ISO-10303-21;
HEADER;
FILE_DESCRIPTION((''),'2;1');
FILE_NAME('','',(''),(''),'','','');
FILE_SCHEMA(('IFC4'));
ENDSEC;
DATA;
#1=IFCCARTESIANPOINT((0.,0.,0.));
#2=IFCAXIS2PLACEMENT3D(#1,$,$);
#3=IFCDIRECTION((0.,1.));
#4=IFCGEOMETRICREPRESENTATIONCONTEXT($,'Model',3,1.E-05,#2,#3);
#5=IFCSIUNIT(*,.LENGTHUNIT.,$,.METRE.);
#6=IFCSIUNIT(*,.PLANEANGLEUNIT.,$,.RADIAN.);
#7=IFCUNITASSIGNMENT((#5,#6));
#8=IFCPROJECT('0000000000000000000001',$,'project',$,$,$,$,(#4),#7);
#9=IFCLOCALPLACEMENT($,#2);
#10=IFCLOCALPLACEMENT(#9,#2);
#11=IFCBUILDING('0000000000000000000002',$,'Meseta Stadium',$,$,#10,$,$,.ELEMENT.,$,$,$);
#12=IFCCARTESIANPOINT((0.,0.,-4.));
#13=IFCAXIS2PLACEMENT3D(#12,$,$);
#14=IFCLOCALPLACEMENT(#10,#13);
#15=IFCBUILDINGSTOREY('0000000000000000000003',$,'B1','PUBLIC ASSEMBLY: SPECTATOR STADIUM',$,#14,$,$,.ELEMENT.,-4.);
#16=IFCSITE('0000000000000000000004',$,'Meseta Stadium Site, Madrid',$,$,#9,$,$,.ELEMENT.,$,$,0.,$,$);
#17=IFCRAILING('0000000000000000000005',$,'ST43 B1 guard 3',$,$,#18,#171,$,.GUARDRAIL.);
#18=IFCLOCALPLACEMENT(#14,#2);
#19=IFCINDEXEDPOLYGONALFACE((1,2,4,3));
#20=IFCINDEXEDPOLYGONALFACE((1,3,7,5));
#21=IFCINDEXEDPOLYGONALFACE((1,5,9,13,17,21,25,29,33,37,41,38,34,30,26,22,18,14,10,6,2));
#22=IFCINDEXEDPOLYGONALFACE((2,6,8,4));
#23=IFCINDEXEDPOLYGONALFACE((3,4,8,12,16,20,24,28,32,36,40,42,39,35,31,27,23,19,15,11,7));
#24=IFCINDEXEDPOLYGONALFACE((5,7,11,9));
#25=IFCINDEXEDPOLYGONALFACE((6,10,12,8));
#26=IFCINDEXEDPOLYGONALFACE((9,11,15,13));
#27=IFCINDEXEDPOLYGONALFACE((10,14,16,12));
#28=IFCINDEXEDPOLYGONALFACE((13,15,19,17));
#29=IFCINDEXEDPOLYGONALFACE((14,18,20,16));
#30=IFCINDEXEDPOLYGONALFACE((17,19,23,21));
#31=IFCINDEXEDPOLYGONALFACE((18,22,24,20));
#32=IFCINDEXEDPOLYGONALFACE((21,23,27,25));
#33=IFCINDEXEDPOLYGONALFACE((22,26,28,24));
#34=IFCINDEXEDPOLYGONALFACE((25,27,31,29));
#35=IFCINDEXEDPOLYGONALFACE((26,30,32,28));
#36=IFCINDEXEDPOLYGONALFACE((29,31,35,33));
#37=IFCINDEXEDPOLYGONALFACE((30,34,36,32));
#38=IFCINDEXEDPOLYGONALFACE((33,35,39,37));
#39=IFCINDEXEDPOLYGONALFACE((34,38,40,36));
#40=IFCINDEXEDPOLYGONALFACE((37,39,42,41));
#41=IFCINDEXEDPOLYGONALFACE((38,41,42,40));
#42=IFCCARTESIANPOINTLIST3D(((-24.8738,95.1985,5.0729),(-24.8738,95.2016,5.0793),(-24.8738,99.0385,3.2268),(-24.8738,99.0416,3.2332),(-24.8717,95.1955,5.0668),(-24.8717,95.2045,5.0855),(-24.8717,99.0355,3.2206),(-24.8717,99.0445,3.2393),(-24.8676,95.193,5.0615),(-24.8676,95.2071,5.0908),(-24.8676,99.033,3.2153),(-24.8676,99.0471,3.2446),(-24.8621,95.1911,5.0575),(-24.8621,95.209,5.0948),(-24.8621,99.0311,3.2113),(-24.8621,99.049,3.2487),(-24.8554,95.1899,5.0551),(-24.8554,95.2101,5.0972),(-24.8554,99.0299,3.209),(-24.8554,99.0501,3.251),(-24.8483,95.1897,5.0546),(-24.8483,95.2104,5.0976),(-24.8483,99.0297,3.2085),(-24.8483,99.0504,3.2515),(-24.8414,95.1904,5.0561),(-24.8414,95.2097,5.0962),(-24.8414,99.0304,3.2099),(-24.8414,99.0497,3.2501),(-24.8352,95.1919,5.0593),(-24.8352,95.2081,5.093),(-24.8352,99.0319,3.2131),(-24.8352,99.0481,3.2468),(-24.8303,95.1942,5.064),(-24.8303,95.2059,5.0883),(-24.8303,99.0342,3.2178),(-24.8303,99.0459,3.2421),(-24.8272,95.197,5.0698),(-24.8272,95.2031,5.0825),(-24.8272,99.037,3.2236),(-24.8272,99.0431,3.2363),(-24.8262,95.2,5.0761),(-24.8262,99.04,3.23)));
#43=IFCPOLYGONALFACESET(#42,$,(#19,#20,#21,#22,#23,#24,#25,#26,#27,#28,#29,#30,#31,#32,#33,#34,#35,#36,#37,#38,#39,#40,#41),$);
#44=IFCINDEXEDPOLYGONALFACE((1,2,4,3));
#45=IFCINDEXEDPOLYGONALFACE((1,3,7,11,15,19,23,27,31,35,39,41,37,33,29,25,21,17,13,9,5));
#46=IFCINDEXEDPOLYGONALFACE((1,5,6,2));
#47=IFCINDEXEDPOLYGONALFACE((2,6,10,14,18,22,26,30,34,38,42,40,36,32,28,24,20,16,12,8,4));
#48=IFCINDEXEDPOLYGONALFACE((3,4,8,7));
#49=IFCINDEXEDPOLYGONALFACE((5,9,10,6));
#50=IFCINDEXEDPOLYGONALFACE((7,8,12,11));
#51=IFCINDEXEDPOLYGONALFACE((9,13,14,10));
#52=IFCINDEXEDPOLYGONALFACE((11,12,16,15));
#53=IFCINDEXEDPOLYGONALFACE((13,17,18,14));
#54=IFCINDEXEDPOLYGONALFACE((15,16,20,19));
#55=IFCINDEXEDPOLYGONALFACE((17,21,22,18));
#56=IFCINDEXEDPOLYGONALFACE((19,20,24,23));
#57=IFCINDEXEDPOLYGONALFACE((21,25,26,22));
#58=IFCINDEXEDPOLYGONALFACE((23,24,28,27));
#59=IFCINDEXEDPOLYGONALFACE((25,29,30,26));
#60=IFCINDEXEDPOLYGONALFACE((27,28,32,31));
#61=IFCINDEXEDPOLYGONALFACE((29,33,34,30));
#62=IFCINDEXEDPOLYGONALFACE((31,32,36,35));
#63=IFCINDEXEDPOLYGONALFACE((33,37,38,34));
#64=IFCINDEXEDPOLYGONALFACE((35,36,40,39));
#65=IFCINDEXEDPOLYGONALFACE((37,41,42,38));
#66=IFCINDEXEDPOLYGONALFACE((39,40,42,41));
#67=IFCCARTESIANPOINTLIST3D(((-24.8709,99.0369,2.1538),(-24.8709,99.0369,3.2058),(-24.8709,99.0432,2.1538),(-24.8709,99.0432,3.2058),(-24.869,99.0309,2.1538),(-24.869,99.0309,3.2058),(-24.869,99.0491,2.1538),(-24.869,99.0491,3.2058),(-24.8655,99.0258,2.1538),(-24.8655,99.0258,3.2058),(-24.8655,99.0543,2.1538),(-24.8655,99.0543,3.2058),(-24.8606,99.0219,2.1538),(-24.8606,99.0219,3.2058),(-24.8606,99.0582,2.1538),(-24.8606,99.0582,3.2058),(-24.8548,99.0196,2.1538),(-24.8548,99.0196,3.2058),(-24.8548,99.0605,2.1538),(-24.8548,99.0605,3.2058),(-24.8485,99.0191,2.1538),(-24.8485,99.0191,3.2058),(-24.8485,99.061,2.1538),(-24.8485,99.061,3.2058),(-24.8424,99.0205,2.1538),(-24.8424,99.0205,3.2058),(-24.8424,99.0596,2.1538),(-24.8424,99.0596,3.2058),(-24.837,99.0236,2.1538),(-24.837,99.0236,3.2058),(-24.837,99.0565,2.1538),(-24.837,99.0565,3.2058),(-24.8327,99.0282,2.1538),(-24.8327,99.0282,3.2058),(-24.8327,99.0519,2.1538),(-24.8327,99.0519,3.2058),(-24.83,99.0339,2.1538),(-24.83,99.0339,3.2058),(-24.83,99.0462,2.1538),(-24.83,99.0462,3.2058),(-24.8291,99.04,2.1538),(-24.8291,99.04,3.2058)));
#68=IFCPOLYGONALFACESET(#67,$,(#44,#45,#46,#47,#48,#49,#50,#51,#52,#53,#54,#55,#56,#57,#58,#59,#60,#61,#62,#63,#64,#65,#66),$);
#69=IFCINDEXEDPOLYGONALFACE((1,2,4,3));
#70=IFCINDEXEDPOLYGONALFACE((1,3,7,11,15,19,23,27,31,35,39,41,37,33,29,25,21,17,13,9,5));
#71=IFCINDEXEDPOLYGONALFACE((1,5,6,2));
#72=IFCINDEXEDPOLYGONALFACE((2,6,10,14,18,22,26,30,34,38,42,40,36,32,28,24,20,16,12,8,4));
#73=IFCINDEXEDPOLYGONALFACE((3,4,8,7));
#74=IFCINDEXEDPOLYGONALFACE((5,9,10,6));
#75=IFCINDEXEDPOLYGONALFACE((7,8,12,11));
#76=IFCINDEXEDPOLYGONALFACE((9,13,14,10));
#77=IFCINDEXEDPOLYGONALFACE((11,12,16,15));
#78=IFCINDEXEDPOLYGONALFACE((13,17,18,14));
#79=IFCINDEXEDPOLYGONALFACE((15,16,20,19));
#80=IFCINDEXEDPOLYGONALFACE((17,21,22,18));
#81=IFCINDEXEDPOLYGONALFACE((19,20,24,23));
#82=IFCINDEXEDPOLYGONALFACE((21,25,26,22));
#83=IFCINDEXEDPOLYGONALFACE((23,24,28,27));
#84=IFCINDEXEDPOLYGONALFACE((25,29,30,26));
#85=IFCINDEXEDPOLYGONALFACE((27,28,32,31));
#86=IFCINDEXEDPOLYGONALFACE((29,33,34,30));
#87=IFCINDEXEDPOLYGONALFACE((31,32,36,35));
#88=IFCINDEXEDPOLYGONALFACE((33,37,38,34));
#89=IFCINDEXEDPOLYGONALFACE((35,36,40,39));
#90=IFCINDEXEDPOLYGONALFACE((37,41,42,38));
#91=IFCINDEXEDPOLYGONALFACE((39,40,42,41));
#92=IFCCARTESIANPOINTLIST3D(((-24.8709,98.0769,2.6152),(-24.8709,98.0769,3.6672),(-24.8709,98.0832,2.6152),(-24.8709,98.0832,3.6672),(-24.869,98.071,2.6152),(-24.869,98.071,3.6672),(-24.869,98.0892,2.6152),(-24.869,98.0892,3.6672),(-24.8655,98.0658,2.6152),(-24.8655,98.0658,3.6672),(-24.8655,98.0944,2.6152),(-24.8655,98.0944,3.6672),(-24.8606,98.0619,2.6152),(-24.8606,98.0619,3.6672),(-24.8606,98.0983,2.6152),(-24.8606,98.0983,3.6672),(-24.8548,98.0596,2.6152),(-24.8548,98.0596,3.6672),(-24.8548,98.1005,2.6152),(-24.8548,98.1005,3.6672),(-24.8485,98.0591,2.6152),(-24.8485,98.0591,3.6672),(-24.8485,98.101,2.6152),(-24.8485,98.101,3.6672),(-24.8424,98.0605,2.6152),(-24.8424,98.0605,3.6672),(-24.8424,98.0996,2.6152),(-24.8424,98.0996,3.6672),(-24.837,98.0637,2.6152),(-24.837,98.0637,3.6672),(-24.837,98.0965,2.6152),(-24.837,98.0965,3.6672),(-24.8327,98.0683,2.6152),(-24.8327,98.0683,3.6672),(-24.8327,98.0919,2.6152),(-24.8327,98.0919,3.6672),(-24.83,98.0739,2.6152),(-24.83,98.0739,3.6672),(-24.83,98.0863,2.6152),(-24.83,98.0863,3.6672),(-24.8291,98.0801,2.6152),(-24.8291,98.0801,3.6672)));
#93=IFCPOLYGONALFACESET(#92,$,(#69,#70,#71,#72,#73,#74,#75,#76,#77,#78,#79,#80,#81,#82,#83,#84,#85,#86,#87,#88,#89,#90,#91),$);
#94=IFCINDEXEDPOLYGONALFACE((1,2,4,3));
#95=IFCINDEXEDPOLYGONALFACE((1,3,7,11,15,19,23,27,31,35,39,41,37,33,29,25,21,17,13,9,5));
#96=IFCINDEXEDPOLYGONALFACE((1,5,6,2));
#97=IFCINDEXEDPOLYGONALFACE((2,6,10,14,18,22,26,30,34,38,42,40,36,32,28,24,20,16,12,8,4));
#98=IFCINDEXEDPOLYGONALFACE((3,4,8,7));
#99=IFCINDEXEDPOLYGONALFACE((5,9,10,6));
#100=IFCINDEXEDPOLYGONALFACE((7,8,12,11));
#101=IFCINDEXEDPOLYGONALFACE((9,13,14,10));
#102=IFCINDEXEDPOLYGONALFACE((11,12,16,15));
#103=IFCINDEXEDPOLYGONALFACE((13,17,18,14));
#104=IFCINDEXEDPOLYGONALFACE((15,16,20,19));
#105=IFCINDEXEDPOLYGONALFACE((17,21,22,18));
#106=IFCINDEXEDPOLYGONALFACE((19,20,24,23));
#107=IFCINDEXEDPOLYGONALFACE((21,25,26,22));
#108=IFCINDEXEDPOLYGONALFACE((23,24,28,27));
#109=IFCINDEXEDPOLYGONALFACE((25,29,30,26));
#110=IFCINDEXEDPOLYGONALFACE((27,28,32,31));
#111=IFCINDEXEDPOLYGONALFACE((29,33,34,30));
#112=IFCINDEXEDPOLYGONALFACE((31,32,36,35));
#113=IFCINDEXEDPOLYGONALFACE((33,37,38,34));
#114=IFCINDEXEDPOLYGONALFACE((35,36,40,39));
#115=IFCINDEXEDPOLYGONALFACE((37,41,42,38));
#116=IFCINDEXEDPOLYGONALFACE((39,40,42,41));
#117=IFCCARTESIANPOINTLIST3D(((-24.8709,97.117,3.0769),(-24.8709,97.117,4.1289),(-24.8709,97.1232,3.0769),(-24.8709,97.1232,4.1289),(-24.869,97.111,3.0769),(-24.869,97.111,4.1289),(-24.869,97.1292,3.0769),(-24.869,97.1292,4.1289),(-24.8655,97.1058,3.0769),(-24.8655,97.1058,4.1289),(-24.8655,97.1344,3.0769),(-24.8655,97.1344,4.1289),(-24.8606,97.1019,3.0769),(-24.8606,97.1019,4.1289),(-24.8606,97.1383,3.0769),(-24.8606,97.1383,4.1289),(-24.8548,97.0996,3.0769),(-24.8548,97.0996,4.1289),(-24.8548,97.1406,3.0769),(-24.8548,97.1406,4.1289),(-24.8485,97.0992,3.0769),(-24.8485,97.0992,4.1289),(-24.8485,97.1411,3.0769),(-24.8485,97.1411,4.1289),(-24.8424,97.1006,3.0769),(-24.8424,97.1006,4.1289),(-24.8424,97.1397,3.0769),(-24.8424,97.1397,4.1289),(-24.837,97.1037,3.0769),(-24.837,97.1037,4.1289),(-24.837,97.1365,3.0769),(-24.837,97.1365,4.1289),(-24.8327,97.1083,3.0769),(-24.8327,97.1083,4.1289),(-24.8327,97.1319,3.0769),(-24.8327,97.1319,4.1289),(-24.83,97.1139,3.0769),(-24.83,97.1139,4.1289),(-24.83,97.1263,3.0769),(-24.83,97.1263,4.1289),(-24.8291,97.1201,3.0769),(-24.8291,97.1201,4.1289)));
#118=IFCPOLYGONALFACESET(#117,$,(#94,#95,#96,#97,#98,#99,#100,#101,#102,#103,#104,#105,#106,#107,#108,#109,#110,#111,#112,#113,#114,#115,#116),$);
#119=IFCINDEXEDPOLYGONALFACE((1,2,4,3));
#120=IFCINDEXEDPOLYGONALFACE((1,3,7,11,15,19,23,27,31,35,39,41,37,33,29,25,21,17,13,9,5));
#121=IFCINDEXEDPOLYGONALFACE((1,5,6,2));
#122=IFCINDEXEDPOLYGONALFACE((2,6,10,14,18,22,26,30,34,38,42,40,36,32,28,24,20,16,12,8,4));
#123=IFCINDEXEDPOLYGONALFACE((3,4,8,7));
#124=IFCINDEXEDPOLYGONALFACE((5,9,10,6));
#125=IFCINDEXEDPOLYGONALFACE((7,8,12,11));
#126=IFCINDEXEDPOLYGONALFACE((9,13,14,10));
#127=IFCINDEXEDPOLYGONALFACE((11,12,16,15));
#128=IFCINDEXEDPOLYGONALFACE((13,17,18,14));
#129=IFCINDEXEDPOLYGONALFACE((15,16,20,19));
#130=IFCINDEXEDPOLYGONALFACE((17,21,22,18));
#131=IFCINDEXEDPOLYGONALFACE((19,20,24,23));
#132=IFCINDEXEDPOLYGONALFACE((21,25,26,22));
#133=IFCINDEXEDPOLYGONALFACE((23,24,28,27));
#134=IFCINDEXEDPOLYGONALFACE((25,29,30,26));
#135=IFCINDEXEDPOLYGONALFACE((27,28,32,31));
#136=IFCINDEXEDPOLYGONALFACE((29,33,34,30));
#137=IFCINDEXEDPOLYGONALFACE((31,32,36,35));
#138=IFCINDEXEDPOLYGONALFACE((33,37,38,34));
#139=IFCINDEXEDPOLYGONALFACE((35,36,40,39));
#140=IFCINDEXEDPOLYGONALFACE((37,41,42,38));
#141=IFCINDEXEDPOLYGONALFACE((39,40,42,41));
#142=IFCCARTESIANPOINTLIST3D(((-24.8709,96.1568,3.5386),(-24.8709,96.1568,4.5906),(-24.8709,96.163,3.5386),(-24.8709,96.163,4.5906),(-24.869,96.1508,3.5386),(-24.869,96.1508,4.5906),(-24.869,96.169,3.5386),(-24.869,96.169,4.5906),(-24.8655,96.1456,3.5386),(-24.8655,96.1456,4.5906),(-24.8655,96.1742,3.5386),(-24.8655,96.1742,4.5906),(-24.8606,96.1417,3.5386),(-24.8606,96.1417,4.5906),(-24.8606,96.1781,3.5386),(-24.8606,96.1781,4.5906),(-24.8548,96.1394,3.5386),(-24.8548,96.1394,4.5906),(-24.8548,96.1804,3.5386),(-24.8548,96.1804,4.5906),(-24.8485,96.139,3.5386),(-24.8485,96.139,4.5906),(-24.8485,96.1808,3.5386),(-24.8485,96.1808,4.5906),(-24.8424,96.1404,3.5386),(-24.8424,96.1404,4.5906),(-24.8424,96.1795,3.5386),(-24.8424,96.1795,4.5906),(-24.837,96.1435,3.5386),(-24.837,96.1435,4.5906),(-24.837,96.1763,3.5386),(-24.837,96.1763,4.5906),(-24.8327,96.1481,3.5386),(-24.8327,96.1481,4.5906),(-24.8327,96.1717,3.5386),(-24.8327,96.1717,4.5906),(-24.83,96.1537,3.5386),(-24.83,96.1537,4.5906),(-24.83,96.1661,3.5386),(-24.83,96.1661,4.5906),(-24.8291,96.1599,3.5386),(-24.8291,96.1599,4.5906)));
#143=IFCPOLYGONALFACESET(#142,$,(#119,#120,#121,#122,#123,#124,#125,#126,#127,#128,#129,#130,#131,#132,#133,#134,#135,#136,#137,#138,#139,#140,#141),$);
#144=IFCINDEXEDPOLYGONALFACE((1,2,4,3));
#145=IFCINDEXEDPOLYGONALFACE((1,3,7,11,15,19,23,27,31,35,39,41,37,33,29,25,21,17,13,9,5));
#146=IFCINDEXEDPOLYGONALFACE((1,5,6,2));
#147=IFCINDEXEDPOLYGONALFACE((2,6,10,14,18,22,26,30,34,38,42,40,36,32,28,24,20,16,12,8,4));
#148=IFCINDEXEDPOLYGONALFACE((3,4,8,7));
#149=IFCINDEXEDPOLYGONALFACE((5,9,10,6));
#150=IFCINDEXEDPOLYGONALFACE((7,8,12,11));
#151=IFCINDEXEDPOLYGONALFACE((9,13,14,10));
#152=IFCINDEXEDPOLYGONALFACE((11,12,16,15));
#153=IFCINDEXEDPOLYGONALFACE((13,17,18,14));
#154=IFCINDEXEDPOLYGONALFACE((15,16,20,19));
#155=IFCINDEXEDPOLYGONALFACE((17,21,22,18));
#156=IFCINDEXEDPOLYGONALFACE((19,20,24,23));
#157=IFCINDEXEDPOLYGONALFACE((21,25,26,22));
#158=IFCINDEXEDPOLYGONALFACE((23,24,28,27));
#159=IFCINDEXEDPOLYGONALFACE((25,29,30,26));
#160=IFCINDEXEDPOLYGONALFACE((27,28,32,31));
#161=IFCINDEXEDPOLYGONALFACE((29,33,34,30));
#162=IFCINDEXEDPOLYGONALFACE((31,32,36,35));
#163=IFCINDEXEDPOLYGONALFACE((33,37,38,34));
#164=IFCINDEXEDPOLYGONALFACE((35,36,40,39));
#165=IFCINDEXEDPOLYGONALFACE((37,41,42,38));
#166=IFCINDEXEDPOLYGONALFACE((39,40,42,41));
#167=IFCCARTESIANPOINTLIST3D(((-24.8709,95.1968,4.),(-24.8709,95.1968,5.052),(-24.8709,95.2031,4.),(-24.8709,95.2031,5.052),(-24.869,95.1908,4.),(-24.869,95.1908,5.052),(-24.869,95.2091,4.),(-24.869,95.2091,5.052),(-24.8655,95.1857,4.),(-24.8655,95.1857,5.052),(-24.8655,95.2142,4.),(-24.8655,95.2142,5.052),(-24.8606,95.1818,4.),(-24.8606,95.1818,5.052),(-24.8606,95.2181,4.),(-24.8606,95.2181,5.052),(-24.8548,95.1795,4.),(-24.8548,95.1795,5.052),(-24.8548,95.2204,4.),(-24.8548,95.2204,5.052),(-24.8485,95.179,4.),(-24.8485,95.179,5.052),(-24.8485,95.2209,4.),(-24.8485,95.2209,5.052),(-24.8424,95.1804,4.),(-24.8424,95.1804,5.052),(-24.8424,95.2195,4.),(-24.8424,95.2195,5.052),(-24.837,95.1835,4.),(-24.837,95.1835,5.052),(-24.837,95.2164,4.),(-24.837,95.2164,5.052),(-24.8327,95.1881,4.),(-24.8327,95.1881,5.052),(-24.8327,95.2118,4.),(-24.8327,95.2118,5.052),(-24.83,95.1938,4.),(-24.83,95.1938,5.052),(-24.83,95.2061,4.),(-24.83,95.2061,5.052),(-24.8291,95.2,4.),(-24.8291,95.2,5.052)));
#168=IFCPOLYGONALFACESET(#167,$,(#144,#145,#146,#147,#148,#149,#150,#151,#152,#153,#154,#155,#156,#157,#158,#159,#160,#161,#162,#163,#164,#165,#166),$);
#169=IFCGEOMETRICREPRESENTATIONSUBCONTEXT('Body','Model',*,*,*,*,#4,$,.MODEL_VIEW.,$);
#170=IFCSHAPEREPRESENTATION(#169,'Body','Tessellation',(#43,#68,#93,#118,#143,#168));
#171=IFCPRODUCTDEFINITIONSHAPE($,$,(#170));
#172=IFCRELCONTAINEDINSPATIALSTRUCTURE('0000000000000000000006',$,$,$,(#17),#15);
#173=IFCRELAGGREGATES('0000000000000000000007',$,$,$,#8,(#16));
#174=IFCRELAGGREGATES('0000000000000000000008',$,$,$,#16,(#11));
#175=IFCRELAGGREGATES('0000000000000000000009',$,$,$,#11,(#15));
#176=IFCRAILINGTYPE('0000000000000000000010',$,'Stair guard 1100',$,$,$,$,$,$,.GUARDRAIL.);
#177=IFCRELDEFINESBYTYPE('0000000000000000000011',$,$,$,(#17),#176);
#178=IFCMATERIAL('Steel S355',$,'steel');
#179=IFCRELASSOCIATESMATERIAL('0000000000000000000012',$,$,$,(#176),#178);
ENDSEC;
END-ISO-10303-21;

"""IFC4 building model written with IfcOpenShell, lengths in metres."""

from ifc_helpers import new_model, si_unit, direction, frame, origin, origin_2d, place, context, subcontext, project, spatial, circle, extrude, material, type_object, element, save


model = new_model("IFC4")

# Units and contexts
model_context = context("Model", 3, precision=1e-05, world=origin(), true_north=direction((0.0, 1.0)))
body_context = subcontext(model_context, "Body", "Model", "MODEL_VIEW")
ifc_project = project(units=[si_unit("LENGTHUNIT", "METRE"), si_unit("PLANEANGLEUNIT", "RADIAN")], contexts=[model_context])

# Site, building, storey
site_placement = place(None, origin())
site = spatial("IfcSite", under=ifc_project, at=site_placement, Name="Meseta Stadium Site, Madrid", CompositionType="ELEMENT", RefElevation=0.0)
building_placement = place(site_placement, origin())
building = spatial("IfcBuilding", under=site, at=building_placement, Name="Meseta Stadium", CompositionType="ELEMENT")
storey_placement = place(building_placement, frame((0.0, 0.0, -4.0)))
storey = spatial("IfcBuildingStorey", under=building, at=storey_placement, Name="B1", Description="PUBLIC ASSEMBLY: SPECTATOR STADIUM", CompositionType="ELEMENT", Elevation=-4.0)

# Railing
ifc_material_1 = material(Name="Steel S355", Category="steel")
railing_type_1 = type_object("IfcRailingType", Name="Stair guard 1100", PredefinedType="GUARDRAIL", material=ifc_material_1)
railing_1_placement = place(storey_placement, frame((-24.8501, 99.04, 2.1538)))
element("IfcRailing", 1, at=railing_1_placement, inside=storey, type_object=railing_type_1, Name="ST43 B1 guard 3", PredefinedType="GUARDRAIL", context=body_context, shape_type="SweptSolid", body=[
    extrude(circle(Radius=0.0239, at=origin_2d()), frame((0.0, 0.0, 1.0762), z_axis=(0.0, -0.901253, 0.433294), x_axis=(1.0, 0.0, 0.0)), (0.0, 0.0, 1.0), 4.2607),
    extrude(circle(Radius=0.021, at=origin_2d()), origin(), (0.0, 0.0, 1.0), 1.052),
    extrude(circle(Radius=0.021, at=origin_2d()), frame((0.0, -0.96, 0.4614)), (0.0, 0.0, 1.0), 1.052),
    extrude(circle(Radius=0.021, at=origin_2d()), frame((0.0, -1.9199, 0.9231)), (0.0, 0.0, 1.0), 1.052),
    extrude(circle(Radius=0.021, at=origin_2d()), frame((0.0, -2.8801, 1.3848)), (0.0, 0.0, 1.0), 1.052),
    extrude(circle(Radius=0.021, at=origin_2d()), frame((0.0, -3.8401, 1.8462)), (0.0, 0.0, 1.0), 1.052),
])

save(model, "model.ifc")
